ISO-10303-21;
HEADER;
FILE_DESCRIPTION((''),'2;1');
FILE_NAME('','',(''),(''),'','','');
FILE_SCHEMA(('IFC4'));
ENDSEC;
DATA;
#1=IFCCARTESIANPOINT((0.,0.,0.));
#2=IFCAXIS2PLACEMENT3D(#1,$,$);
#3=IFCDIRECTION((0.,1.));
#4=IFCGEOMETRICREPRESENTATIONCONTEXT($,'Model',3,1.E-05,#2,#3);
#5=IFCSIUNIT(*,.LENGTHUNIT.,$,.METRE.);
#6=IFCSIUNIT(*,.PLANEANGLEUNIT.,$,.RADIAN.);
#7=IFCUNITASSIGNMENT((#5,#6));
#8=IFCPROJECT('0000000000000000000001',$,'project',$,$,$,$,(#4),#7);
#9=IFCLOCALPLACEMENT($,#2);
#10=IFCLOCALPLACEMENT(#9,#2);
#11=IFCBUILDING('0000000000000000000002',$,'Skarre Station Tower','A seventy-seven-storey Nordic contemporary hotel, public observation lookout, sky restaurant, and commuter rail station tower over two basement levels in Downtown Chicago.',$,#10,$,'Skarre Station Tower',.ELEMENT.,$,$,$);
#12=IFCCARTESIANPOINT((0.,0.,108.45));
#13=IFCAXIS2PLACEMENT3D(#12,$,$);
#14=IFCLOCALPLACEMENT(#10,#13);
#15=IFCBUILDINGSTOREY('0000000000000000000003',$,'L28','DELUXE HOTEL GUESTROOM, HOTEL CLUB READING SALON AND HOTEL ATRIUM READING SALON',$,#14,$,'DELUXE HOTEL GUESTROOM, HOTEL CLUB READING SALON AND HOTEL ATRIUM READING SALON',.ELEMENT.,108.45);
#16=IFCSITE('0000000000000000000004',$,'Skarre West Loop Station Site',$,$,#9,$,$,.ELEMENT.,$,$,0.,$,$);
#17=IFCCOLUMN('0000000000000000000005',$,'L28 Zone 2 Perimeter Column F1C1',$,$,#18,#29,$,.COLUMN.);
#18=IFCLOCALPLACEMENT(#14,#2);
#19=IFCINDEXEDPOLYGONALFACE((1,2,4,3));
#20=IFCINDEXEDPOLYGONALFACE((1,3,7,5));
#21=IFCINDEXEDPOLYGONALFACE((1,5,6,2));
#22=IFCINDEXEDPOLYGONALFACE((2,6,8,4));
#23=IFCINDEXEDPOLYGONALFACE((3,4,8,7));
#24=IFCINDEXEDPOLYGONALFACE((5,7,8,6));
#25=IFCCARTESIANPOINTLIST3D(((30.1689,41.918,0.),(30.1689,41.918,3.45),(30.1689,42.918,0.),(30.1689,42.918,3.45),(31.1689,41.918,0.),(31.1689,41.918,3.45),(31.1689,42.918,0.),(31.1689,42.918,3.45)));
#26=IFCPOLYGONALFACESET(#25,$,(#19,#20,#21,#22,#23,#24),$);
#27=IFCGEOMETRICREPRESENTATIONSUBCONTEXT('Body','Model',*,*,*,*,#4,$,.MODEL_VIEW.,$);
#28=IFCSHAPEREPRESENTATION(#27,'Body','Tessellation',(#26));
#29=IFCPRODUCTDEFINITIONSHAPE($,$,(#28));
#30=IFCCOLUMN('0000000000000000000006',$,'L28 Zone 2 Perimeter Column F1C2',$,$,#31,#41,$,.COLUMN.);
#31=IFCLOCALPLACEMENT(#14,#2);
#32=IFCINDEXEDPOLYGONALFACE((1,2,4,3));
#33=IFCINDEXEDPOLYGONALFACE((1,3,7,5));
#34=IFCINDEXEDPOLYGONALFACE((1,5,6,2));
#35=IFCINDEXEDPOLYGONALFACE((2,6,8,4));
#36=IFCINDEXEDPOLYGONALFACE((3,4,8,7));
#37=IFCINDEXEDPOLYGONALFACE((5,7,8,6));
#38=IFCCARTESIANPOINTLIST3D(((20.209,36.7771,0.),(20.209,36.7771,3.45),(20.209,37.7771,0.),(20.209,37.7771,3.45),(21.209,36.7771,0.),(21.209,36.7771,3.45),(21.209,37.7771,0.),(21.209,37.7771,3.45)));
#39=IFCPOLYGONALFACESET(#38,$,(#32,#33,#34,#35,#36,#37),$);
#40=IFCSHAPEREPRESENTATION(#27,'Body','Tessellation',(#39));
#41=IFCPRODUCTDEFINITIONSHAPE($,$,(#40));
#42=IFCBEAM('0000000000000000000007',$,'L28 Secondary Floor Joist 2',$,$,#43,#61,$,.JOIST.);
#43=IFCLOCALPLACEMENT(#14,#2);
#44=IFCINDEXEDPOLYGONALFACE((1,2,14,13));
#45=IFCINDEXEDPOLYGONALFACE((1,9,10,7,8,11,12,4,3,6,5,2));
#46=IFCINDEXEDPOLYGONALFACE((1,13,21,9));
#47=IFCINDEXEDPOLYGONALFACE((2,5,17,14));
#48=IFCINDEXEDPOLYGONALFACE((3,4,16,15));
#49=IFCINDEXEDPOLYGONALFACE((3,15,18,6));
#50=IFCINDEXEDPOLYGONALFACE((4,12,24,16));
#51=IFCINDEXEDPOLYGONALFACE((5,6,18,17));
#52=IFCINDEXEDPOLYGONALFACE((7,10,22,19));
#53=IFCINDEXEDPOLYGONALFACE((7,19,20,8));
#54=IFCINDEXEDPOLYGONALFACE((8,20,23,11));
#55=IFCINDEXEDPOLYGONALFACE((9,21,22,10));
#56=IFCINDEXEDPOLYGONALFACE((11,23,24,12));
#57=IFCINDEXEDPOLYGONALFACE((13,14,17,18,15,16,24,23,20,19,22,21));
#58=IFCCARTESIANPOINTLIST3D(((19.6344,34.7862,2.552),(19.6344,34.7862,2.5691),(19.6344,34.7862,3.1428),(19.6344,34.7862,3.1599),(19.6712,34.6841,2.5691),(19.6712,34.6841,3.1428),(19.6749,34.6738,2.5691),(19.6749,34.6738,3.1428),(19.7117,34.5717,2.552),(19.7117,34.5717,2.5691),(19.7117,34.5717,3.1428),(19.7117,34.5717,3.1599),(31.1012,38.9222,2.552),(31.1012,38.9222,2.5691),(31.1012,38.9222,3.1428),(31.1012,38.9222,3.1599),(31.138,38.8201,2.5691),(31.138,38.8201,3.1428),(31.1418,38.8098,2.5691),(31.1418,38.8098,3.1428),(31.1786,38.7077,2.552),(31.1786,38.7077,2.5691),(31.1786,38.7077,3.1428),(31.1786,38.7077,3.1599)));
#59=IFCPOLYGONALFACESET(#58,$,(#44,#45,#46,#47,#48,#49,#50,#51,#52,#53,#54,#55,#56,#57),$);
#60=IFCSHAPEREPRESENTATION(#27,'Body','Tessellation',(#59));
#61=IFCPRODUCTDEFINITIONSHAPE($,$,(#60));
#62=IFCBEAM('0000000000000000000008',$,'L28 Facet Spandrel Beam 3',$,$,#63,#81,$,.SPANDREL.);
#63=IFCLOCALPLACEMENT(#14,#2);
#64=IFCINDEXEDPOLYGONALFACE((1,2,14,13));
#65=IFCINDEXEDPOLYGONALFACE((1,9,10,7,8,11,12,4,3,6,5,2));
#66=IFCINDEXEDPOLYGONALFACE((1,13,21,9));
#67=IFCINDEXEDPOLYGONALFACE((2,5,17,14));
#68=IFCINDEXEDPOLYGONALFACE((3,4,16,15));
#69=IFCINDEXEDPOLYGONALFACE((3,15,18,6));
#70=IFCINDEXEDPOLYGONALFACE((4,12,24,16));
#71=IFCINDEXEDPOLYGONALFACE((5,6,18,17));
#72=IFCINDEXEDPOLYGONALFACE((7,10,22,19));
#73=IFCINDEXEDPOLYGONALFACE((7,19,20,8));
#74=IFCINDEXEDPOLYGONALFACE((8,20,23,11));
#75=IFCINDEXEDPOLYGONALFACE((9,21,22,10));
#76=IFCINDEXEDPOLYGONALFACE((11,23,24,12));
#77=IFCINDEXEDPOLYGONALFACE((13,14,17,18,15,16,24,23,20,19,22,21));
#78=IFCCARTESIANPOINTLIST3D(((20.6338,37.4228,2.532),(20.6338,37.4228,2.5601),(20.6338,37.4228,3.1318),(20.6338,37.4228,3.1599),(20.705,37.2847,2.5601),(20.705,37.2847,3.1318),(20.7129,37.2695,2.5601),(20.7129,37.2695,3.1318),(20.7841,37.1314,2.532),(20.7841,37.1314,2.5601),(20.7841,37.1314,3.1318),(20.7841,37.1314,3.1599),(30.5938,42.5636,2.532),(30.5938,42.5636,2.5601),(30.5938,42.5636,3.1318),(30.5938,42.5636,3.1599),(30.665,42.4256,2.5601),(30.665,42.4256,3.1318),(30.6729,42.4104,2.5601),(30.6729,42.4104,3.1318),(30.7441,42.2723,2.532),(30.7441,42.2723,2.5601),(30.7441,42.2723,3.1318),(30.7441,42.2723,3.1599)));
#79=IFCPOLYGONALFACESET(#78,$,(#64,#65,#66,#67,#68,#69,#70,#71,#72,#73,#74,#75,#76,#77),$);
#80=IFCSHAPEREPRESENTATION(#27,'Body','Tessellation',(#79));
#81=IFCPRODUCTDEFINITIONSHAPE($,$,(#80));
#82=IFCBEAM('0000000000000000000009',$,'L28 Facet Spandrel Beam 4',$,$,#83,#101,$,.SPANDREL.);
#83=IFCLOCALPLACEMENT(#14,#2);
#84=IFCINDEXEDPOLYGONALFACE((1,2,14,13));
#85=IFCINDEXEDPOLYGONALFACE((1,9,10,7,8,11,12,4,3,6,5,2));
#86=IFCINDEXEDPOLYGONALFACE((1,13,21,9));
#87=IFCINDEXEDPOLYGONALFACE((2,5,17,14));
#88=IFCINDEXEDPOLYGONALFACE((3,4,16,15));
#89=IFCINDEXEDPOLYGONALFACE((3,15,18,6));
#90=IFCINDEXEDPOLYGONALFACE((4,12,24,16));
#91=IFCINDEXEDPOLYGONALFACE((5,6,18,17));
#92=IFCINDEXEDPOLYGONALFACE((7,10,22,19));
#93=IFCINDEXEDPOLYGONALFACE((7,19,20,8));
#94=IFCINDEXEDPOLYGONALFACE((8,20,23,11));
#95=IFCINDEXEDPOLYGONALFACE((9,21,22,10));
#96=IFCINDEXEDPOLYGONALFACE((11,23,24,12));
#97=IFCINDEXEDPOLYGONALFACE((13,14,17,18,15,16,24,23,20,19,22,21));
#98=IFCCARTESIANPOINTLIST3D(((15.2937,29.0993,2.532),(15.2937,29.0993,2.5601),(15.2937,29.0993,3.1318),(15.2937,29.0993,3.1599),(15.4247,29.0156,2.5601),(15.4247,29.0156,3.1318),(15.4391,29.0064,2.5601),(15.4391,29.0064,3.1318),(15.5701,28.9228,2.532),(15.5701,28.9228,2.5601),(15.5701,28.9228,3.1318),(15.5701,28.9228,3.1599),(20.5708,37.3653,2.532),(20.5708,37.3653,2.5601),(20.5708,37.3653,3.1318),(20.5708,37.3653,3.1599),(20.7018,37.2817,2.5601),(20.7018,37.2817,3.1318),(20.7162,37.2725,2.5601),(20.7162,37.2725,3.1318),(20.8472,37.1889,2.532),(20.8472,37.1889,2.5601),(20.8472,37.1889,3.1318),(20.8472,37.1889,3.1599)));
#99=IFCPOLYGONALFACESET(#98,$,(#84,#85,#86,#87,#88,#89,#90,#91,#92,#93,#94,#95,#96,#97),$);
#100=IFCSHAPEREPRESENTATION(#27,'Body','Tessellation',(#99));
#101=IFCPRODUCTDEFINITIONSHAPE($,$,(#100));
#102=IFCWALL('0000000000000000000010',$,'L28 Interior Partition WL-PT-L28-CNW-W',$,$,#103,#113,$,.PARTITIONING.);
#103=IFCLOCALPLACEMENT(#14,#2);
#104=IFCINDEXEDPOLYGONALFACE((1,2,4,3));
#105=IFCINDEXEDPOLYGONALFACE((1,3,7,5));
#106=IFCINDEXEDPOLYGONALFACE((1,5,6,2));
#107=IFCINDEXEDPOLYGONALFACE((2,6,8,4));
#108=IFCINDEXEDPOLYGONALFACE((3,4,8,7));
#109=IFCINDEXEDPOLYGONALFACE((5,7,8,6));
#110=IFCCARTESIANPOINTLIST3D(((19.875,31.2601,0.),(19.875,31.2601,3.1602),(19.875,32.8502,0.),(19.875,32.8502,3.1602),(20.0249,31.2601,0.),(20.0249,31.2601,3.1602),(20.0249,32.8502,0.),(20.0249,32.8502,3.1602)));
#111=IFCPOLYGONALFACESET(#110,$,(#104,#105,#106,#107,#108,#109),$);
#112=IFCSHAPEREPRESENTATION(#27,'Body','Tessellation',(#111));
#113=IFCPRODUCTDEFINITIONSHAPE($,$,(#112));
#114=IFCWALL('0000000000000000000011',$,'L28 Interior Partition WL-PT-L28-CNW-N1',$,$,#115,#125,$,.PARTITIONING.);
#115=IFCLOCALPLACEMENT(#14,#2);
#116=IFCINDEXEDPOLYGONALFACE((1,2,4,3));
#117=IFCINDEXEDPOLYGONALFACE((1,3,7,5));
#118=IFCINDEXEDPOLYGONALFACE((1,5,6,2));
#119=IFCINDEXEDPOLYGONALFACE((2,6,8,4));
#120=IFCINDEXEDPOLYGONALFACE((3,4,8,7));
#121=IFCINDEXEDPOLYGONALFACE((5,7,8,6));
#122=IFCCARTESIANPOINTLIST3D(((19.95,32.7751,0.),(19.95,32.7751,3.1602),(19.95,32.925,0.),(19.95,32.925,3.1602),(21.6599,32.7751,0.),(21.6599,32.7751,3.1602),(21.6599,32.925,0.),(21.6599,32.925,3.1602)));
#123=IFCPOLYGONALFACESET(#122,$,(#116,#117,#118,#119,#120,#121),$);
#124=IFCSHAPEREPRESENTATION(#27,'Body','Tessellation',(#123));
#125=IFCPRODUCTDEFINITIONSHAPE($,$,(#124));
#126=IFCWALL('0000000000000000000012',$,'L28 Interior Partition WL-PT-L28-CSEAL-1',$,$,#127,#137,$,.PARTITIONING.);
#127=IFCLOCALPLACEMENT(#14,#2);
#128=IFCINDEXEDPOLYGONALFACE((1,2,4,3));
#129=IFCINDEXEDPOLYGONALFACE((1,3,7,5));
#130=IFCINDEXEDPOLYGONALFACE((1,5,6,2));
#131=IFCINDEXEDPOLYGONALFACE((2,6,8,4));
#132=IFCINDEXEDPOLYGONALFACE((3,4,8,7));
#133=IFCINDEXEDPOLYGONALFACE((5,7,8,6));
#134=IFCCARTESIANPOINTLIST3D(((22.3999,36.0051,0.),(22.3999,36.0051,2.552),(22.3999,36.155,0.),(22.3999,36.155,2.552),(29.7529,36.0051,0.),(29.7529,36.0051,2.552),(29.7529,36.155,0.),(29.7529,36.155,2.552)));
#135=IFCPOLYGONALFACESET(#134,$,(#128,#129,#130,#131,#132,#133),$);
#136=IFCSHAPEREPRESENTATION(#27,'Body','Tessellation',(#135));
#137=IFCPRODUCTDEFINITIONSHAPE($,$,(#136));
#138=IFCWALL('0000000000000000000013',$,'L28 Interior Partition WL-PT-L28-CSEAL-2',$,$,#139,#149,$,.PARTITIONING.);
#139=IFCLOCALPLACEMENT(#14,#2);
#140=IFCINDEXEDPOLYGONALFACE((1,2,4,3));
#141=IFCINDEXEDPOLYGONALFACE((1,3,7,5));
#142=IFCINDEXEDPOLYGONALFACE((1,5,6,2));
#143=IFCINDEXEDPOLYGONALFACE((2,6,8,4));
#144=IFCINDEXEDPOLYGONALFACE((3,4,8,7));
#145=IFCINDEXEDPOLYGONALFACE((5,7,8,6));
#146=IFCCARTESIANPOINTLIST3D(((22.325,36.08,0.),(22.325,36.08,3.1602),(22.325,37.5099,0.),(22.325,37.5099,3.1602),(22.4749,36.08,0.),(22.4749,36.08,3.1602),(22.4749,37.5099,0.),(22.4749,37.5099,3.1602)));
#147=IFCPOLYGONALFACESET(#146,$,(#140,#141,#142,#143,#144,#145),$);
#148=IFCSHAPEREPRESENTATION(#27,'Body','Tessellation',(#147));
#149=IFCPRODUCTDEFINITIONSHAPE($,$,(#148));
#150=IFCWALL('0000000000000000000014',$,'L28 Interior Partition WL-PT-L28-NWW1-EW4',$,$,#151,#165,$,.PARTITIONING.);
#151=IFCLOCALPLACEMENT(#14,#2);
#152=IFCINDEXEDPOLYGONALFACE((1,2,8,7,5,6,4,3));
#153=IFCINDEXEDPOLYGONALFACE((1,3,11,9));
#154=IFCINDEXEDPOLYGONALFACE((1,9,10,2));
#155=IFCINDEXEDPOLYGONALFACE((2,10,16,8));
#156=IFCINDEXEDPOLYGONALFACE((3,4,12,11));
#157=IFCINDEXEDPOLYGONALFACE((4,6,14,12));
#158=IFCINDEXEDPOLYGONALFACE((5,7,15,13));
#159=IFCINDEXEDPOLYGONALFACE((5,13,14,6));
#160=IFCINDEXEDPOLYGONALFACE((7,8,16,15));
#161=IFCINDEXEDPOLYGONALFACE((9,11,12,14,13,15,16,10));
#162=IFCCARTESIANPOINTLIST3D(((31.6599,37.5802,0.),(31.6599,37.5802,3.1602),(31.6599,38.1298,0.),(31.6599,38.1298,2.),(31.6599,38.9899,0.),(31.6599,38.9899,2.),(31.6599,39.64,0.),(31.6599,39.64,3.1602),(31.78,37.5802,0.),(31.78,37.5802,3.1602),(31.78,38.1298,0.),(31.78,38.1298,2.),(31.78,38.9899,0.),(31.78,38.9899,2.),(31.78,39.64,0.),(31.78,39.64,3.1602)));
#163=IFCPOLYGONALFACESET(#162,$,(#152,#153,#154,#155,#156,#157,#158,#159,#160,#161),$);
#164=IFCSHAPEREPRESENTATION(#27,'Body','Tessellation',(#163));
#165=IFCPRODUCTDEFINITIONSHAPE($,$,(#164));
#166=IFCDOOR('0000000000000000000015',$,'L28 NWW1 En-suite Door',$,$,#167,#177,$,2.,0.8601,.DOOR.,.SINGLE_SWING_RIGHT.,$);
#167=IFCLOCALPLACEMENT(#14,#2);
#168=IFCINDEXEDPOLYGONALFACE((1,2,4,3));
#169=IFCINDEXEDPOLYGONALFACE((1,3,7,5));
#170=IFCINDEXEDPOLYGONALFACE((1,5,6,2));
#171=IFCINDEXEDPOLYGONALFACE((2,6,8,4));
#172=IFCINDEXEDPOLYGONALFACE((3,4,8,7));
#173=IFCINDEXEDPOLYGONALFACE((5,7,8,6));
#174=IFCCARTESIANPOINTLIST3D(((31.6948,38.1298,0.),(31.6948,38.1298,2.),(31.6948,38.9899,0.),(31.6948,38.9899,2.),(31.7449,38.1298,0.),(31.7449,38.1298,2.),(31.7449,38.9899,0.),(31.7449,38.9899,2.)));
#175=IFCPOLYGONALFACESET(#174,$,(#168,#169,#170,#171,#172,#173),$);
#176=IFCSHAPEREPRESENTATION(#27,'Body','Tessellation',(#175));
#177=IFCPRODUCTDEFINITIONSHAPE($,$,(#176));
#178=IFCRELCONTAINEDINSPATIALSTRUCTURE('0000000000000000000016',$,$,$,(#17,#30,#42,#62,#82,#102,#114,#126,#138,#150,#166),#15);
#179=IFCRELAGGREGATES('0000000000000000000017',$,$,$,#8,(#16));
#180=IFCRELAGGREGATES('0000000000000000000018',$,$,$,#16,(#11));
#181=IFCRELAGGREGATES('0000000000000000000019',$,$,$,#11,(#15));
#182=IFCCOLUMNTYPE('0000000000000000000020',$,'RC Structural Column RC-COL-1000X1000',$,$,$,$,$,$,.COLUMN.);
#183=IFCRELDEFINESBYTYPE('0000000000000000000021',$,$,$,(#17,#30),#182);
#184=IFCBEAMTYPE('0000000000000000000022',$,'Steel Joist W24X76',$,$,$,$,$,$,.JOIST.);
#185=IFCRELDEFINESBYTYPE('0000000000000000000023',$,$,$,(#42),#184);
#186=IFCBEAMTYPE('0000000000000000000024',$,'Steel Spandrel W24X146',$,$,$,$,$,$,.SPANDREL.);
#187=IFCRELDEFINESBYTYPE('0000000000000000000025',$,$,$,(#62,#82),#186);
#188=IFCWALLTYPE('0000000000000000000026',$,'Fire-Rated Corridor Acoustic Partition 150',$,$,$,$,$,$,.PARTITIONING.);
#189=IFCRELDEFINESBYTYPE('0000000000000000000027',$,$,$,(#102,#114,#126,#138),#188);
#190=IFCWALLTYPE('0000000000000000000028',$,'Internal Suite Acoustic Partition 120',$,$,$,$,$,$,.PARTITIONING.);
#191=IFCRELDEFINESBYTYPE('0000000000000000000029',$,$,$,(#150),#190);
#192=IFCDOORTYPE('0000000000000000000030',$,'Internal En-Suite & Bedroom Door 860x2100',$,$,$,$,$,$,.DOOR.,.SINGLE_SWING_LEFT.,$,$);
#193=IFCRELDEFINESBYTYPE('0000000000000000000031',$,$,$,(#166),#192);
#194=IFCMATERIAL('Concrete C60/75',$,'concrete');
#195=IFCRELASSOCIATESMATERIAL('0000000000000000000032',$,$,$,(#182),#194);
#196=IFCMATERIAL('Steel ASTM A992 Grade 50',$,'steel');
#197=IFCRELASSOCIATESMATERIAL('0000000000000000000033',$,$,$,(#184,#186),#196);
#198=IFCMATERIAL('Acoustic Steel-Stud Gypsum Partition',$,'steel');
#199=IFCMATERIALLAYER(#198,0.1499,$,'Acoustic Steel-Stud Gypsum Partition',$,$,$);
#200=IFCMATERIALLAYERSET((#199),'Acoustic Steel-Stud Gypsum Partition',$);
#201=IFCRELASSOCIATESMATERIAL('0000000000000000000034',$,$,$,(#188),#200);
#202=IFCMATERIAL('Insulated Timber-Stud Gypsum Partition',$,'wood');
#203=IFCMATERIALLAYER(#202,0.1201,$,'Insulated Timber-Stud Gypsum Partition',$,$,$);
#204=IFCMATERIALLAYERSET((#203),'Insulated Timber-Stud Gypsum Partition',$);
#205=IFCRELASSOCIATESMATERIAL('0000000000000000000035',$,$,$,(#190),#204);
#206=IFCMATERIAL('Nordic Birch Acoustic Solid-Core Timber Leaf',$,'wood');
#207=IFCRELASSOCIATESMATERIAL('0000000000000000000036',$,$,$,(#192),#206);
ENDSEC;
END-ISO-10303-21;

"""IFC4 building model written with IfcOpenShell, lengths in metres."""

from ifc_helpers import new_model, si_unit, direction, frame, frame_2d, origin, origin_2d, place, context, subcontext, project, spatial, rectangle, i_section, extrude, material, layer, layer_set, material_profile, profile_set, type_object, element, fill, save


model = new_model("IFC4")

# Units and contexts
model_context = context("Model", 3, precision=1e-05, world=origin(), true_north=direction((0.0, 1.0)))
body_context = subcontext(model_context, "Body", "Model", "MODEL_VIEW")
ifc_project = project(units=[si_unit("LENGTHUNIT", "METRE"), si_unit("PLANEANGLEUNIT", "RADIAN")], contexts=[model_context])

# Site, building, storey
site_placement = place(None, origin())
site = spatial("IfcSite", under=ifc_project, at=site_placement, Name="Skarre West Loop Station Site", CompositionType="ELEMENT", RefElevation=0.0)
building_placement = place(site_placement, origin())
building = spatial("IfcBuilding", under=site, at=building_placement, Name="Skarre Station Tower", Description="A seventy-seven-storey Nordic contemporary hotel, public observation lookout, sky restaurant, and commuter rail station tower over two basement levels in Downtown Chicago.", LongName="Skarre Station Tower", CompositionType="ELEMENT")
storey_placement = place(building_placement, frame((0.0, 0.0, 108.45)))
storey = spatial("IfcBuildingStorey", under=building, at=storey_placement, Name="L28", Description="DELUXE HOTEL GUESTROOM, HOTEL CLUB READING SALON AND HOTEL ATRIUM READING SALON", LongName="DELUXE HOTEL GUESTROOM, HOTEL CLUB READING SALON AND HOTEL ATRIUM READING SALON", CompositionType="ELEMENT", Elevation=108.45)

# Columns
ifc_material_1 = material(Name="Concrete C60/75", Category="concrete")
ifc_material_profile_1 = material_profile(ifc_material_1, rectangle(XDim=1.0, YDim=1.0, at=origin_2d()), Name="Concrete C60/75")
ifc_profile_set_1 = profile_set([ifc_material_profile_1], Name="Concrete C60/75")
column_type = type_object("IfcColumnType", Name="RC Structural Column RC-COL-1000X1000", PredefinedType="COLUMN", material=ifc_profile_set_1)
for number, where, z_axis, x_axis, name in (
    (1, (30.6689, 42.418, 0.0), (0.0, 0.0, 1.0), (1.0, 0.0, 0.0), "L28 Zone 2 Perimeter Column F1C1"),
    (2, (20.709, 37.2771, 0.0), (0.0, 0.0, 1.0), (1.0, 0.0, 0.0), "L28 Zone 2 Perimeter Column F1C2"),
):
    element("IfcColumn", number, at=place(storey_placement, frame(where, z_axis=z_axis, x_axis=x_axis)), inside=storey, type_object=column_type, Name=name, PredefinedType="COLUMN", context=body_context, shape_type="SweptSolid", body=[
        extrude(rectangle(XDim=1.0, YDim=1.0, at=origin_2d()), origin(), (0.0, 0.0, 1.0), 3.45),
    ])

# Beams
ifc_material_2 = material(Name="Steel ASTM A992 Grade 50", Category="steel")
ifc_material_profile_2 = material_profile(ifc_material_2, i_section(OverallWidth=0.228, OverallDepth=0.6079, WebThickness=0.011, FlangeThickness=0.0171, at=origin_2d()), Name="Steel ASTM A992 Grade 50")
ifc_profile_set_2 = profile_set([ifc_material_profile_2], Name="Steel ASTM A992 Grade 50")
beam_type_1 = type_object("IfcBeamType", Name="Steel Joist W24X76", PredefinedType="JOIST", material=ifc_profile_set_2)
beam_1_placement = place(storey_placement, frame((31.1399, 38.8149, 2.856), z_axis=(-0.94068, -0.339296, 0.0), x_axis=(0.339296, -0.94068, 0.0)))
element("IfcBeam", 3, at=beam_1_placement, inside=storey, type_object=beam_type_1, Name="L28 Secondary Floor Joist 2", PredefinedType="JOIST", context=body_context, shape_type="SweptSolid", body=[
    extrude(i_section(OverallWidth=0.228, OverallDepth=0.6079, WebThickness=0.011, FlangeThickness=0.0171, at=origin_2d()), origin(), (0.0, 0.0, 1.0), 12.1899),
])
ifc_material_profile_3 = material_profile(ifc_material_2, i_section(OverallWidth=0.3279, OverallDepth=0.6279, WebThickness=0.0171, FlangeThickness=0.0281, at=origin_2d()), Name="Steel ASTM A992 Grade 50")
ifc_profile_set_3 = profile_set([ifc_material_profile_3], Name="Steel ASTM A992 Grade 50")
beam_type_2 = type_object("IfcBeamType", Name="Steel Spandrel W24X146", PredefinedType="SPANDREL", material=ifc_profile_set_3)
beam_2_placement = place(storey_placement, frame((30.6689, 42.418, 2.8459), z_axis=(-0.888612, -0.45866, 0.0), x_axis=(0.45866, -0.888612, 0.0)))
element("IfcBeam", 4, at=beam_2_placement, inside=storey, type_object=beam_type_2, Name="L28 Facet Spandrel Beam 3", PredefinedType="SPANDREL", context=body_context, shape_type="SweptSolid", body=[
    extrude(i_section(OverallWidth=0.3279, OverallDepth=0.6279, WebThickness=0.0171, FlangeThickness=0.0281, at=origin_2d()), origin(), (0.0, 0.0, 1.0), 11.2085),
])
beam_3_placement = place(storey_placement, frame((20.709, 37.2771, 2.8459), z_axis=(-0.538098, -0.842883, 0.0), x_axis=(0.842883, -0.538098, 0.0)))
element("IfcBeam", 5, at=beam_3_placement, inside=storey, type_object=beam_type_2, Name="L28 Facet Spandrel Beam 4", PredefinedType="SPANDREL", context=body_context, shape_type="SweptSolid", body=[
    extrude(i_section(OverallWidth=0.3279, OverallDepth=0.6279, WebThickness=0.0171, FlangeThickness=0.0281, at=origin_2d()), origin(), (0.0, 0.0, 1.0), 9.8069),
])

# Walls
ifc_material_3 = material(Name="Acoustic Steel-Stud Gypsum Partition", Category="steel")
ifc_layer_1 = layer(ifc_material_3, 0.1499, Name="Acoustic Steel-Stud Gypsum Partition")
ifc_layer_set_1 = layer_set([ifc_layer_1], Name="Acoustic Steel-Stud Gypsum Partition")
wall_type_1 = type_object("IfcWallType", Name="Fire-Rated Corridor Acoustic Partition 150", PredefinedType="PARTITIONING", material=ifc_layer_set_1)
wall_1_placement = place(storey_placement, frame((19.95, 32.8501, 0.0), z_axis=(0.0, 0.0, 1.0), x_axis=(0.0, -1.0, 0.0)))
element("IfcWall", 6, at=wall_1_placement, inside=storey, type_object=wall_type_1, Name="L28 Interior Partition WL-PT-L28-CNW-W", PredefinedType="PARTITIONING", context=body_context, shape_type="SweptSolid", body=[
    extrude(rectangle(XDim=1.5901, YDim=0.1499, at=frame_2d((0.7949, 0.0))), origin(), (0.0, 0.0, 1.0), 3.1602),
])
wall_2_placement = place(storey_placement, frame((21.6599, 32.8501, 0.0), z_axis=(0.0, 0.0, 1.0), x_axis=(-1.0, 0.0, 0.0)))
element("IfcWall", 7, at=wall_2_placement, inside=storey, type_object=wall_type_1, Name="L28 Interior Partition WL-PT-L28-CNW-N1", PredefinedType="PARTITIONING", context=body_context, shape_type="SweptSolid", body=[
    extrude(rectangle(XDim=1.71, YDim=0.1499, at=frame_2d((0.855, 0.0))), origin(), (0.0, 0.0, 1.0), 3.1602),
])
wall_3_placement = place(storey_placement, frame((29.7529, 36.0801, 0.0), z_axis=(0.0, 0.0, 1.0), x_axis=(-1.0, 0.0, 0.0)))
element("IfcWall", 8, at=wall_3_placement, inside=storey, type_object=wall_type_1, Name="L28 Interior Partition WL-PT-L28-CSEAL-1", PredefinedType="PARTITIONING", context=body_context, shape_type="SweptSolid", body=[
    extrude(rectangle(XDim=7.353, YDim=0.1499, at=frame_2d((3.6765, 0.0))), origin(), (0.0, 0.0, 1.0), 2.552),
])
wall_4_placement = place(storey_placement, frame((22.3999, 36.0801, 0.0), z_axis=(0.0, 0.0, 1.0), x_axis=(0.0, 1.0, 0.0)))
element("IfcWall", 9, at=wall_4_placement, inside=storey, type_object=wall_type_1, Name="L28 Interior Partition WL-PT-L28-CSEAL-2", PredefinedType="PARTITIONING", context=body_context, shape_type="SweptSolid", body=[
    extrude(rectangle(XDim=1.4299, YDim=0.1499, at=frame_2d((0.7148, 0.0))), origin(), (0.0, 0.0, 1.0), 3.1602),
])

# Wall, opening, door
ifc_material_4 = material(Name="Insulated Timber-Stud Gypsum Partition", Category="wood")
ifc_layer_2 = layer(ifc_material_4, 0.1201, Name="Insulated Timber-Stud Gypsum Partition")
ifc_layer_set_2 = layer_set([ifc_layer_2], Name="Insulated Timber-Stud Gypsum Partition")
wall_type_2 = type_object("IfcWallType", Name="Internal Suite Acoustic Partition 120", PredefinedType="PARTITIONING", material=ifc_layer_set_2)
wall_5_placement = place(storey_placement, frame((31.72, 39.6399, 0.0), z_axis=(0.0, 0.0, 1.0), x_axis=(0.0, -1.0, 0.0)))
wall_5 = element("IfcWall", 10, at=wall_5_placement, inside=storey, type_object=wall_type_2, Name="L28 Interior Partition WL-PT-L28-NWW1-EW4", PredefinedType="PARTITIONING", context=body_context, shape_type="SweptSolid", body=[
    extrude(rectangle(XDim=2.0598, YDim=0.1201, at=frame_2d((1.0298, 0.0))), origin(), (0.0, 0.0, 1.0), 3.1602),
])
opening_1_placement = place(wall_5_placement, frame((0.6499, 0.0, 0.0)))
opening_1 = element("IfcOpeningElement", 11, at=opening_1_placement, cuts=wall_5, PredefinedType="OPENING", context=body_context, shape_type="SweptSolid", body=[
    extrude(rectangle(XDim=0.8601, YDim=2.0, at=frame_2d((0.4302, 1.0))), frame((0.0, 0.0701, 0.0), z_axis=(0.0, -1.0, 0.0), x_axis=(1.0, 0.0, 0.0)), (0.0, 0.0, 1.0), 0.1401),
])
ifc_material_5 = material(Name="Nordic Birch Acoustic Solid-Core Timber Leaf", Category="wood")
door_type = type_object("IfcDoorType", Name="Internal En-Suite & Bedroom Door 860x2100", OperationType="SINGLE_SWING_LEFT", PredefinedType="DOOR", material=ifc_material_5)
door_placement = place(opening_1_placement, origin())
door = element("IfcDoor", 12, at=door_placement, inside=storey, type_object=door_type, Name="L28 NWW1 En-suite Door", OperationType="SINGLE_SWING_RIGHT", OverallHeight=2.0, OverallWidth=0.8601, PredefinedType="DOOR", context=body_context, shape_type="SweptSolid", body=[
    extrude(rectangle(XDim=0.8601, YDim=2.0, at=frame_2d((0.4302, 1.0))), frame((0.0, 0.0249, 0.0), z_axis=(0.0, -1.0, 0.0), x_axis=(1.0, 0.0, 0.0)), (0.0, 0.0, 1.0), 0.05),
])
fill(opening_1, door)

save(model, "model.ifc")
